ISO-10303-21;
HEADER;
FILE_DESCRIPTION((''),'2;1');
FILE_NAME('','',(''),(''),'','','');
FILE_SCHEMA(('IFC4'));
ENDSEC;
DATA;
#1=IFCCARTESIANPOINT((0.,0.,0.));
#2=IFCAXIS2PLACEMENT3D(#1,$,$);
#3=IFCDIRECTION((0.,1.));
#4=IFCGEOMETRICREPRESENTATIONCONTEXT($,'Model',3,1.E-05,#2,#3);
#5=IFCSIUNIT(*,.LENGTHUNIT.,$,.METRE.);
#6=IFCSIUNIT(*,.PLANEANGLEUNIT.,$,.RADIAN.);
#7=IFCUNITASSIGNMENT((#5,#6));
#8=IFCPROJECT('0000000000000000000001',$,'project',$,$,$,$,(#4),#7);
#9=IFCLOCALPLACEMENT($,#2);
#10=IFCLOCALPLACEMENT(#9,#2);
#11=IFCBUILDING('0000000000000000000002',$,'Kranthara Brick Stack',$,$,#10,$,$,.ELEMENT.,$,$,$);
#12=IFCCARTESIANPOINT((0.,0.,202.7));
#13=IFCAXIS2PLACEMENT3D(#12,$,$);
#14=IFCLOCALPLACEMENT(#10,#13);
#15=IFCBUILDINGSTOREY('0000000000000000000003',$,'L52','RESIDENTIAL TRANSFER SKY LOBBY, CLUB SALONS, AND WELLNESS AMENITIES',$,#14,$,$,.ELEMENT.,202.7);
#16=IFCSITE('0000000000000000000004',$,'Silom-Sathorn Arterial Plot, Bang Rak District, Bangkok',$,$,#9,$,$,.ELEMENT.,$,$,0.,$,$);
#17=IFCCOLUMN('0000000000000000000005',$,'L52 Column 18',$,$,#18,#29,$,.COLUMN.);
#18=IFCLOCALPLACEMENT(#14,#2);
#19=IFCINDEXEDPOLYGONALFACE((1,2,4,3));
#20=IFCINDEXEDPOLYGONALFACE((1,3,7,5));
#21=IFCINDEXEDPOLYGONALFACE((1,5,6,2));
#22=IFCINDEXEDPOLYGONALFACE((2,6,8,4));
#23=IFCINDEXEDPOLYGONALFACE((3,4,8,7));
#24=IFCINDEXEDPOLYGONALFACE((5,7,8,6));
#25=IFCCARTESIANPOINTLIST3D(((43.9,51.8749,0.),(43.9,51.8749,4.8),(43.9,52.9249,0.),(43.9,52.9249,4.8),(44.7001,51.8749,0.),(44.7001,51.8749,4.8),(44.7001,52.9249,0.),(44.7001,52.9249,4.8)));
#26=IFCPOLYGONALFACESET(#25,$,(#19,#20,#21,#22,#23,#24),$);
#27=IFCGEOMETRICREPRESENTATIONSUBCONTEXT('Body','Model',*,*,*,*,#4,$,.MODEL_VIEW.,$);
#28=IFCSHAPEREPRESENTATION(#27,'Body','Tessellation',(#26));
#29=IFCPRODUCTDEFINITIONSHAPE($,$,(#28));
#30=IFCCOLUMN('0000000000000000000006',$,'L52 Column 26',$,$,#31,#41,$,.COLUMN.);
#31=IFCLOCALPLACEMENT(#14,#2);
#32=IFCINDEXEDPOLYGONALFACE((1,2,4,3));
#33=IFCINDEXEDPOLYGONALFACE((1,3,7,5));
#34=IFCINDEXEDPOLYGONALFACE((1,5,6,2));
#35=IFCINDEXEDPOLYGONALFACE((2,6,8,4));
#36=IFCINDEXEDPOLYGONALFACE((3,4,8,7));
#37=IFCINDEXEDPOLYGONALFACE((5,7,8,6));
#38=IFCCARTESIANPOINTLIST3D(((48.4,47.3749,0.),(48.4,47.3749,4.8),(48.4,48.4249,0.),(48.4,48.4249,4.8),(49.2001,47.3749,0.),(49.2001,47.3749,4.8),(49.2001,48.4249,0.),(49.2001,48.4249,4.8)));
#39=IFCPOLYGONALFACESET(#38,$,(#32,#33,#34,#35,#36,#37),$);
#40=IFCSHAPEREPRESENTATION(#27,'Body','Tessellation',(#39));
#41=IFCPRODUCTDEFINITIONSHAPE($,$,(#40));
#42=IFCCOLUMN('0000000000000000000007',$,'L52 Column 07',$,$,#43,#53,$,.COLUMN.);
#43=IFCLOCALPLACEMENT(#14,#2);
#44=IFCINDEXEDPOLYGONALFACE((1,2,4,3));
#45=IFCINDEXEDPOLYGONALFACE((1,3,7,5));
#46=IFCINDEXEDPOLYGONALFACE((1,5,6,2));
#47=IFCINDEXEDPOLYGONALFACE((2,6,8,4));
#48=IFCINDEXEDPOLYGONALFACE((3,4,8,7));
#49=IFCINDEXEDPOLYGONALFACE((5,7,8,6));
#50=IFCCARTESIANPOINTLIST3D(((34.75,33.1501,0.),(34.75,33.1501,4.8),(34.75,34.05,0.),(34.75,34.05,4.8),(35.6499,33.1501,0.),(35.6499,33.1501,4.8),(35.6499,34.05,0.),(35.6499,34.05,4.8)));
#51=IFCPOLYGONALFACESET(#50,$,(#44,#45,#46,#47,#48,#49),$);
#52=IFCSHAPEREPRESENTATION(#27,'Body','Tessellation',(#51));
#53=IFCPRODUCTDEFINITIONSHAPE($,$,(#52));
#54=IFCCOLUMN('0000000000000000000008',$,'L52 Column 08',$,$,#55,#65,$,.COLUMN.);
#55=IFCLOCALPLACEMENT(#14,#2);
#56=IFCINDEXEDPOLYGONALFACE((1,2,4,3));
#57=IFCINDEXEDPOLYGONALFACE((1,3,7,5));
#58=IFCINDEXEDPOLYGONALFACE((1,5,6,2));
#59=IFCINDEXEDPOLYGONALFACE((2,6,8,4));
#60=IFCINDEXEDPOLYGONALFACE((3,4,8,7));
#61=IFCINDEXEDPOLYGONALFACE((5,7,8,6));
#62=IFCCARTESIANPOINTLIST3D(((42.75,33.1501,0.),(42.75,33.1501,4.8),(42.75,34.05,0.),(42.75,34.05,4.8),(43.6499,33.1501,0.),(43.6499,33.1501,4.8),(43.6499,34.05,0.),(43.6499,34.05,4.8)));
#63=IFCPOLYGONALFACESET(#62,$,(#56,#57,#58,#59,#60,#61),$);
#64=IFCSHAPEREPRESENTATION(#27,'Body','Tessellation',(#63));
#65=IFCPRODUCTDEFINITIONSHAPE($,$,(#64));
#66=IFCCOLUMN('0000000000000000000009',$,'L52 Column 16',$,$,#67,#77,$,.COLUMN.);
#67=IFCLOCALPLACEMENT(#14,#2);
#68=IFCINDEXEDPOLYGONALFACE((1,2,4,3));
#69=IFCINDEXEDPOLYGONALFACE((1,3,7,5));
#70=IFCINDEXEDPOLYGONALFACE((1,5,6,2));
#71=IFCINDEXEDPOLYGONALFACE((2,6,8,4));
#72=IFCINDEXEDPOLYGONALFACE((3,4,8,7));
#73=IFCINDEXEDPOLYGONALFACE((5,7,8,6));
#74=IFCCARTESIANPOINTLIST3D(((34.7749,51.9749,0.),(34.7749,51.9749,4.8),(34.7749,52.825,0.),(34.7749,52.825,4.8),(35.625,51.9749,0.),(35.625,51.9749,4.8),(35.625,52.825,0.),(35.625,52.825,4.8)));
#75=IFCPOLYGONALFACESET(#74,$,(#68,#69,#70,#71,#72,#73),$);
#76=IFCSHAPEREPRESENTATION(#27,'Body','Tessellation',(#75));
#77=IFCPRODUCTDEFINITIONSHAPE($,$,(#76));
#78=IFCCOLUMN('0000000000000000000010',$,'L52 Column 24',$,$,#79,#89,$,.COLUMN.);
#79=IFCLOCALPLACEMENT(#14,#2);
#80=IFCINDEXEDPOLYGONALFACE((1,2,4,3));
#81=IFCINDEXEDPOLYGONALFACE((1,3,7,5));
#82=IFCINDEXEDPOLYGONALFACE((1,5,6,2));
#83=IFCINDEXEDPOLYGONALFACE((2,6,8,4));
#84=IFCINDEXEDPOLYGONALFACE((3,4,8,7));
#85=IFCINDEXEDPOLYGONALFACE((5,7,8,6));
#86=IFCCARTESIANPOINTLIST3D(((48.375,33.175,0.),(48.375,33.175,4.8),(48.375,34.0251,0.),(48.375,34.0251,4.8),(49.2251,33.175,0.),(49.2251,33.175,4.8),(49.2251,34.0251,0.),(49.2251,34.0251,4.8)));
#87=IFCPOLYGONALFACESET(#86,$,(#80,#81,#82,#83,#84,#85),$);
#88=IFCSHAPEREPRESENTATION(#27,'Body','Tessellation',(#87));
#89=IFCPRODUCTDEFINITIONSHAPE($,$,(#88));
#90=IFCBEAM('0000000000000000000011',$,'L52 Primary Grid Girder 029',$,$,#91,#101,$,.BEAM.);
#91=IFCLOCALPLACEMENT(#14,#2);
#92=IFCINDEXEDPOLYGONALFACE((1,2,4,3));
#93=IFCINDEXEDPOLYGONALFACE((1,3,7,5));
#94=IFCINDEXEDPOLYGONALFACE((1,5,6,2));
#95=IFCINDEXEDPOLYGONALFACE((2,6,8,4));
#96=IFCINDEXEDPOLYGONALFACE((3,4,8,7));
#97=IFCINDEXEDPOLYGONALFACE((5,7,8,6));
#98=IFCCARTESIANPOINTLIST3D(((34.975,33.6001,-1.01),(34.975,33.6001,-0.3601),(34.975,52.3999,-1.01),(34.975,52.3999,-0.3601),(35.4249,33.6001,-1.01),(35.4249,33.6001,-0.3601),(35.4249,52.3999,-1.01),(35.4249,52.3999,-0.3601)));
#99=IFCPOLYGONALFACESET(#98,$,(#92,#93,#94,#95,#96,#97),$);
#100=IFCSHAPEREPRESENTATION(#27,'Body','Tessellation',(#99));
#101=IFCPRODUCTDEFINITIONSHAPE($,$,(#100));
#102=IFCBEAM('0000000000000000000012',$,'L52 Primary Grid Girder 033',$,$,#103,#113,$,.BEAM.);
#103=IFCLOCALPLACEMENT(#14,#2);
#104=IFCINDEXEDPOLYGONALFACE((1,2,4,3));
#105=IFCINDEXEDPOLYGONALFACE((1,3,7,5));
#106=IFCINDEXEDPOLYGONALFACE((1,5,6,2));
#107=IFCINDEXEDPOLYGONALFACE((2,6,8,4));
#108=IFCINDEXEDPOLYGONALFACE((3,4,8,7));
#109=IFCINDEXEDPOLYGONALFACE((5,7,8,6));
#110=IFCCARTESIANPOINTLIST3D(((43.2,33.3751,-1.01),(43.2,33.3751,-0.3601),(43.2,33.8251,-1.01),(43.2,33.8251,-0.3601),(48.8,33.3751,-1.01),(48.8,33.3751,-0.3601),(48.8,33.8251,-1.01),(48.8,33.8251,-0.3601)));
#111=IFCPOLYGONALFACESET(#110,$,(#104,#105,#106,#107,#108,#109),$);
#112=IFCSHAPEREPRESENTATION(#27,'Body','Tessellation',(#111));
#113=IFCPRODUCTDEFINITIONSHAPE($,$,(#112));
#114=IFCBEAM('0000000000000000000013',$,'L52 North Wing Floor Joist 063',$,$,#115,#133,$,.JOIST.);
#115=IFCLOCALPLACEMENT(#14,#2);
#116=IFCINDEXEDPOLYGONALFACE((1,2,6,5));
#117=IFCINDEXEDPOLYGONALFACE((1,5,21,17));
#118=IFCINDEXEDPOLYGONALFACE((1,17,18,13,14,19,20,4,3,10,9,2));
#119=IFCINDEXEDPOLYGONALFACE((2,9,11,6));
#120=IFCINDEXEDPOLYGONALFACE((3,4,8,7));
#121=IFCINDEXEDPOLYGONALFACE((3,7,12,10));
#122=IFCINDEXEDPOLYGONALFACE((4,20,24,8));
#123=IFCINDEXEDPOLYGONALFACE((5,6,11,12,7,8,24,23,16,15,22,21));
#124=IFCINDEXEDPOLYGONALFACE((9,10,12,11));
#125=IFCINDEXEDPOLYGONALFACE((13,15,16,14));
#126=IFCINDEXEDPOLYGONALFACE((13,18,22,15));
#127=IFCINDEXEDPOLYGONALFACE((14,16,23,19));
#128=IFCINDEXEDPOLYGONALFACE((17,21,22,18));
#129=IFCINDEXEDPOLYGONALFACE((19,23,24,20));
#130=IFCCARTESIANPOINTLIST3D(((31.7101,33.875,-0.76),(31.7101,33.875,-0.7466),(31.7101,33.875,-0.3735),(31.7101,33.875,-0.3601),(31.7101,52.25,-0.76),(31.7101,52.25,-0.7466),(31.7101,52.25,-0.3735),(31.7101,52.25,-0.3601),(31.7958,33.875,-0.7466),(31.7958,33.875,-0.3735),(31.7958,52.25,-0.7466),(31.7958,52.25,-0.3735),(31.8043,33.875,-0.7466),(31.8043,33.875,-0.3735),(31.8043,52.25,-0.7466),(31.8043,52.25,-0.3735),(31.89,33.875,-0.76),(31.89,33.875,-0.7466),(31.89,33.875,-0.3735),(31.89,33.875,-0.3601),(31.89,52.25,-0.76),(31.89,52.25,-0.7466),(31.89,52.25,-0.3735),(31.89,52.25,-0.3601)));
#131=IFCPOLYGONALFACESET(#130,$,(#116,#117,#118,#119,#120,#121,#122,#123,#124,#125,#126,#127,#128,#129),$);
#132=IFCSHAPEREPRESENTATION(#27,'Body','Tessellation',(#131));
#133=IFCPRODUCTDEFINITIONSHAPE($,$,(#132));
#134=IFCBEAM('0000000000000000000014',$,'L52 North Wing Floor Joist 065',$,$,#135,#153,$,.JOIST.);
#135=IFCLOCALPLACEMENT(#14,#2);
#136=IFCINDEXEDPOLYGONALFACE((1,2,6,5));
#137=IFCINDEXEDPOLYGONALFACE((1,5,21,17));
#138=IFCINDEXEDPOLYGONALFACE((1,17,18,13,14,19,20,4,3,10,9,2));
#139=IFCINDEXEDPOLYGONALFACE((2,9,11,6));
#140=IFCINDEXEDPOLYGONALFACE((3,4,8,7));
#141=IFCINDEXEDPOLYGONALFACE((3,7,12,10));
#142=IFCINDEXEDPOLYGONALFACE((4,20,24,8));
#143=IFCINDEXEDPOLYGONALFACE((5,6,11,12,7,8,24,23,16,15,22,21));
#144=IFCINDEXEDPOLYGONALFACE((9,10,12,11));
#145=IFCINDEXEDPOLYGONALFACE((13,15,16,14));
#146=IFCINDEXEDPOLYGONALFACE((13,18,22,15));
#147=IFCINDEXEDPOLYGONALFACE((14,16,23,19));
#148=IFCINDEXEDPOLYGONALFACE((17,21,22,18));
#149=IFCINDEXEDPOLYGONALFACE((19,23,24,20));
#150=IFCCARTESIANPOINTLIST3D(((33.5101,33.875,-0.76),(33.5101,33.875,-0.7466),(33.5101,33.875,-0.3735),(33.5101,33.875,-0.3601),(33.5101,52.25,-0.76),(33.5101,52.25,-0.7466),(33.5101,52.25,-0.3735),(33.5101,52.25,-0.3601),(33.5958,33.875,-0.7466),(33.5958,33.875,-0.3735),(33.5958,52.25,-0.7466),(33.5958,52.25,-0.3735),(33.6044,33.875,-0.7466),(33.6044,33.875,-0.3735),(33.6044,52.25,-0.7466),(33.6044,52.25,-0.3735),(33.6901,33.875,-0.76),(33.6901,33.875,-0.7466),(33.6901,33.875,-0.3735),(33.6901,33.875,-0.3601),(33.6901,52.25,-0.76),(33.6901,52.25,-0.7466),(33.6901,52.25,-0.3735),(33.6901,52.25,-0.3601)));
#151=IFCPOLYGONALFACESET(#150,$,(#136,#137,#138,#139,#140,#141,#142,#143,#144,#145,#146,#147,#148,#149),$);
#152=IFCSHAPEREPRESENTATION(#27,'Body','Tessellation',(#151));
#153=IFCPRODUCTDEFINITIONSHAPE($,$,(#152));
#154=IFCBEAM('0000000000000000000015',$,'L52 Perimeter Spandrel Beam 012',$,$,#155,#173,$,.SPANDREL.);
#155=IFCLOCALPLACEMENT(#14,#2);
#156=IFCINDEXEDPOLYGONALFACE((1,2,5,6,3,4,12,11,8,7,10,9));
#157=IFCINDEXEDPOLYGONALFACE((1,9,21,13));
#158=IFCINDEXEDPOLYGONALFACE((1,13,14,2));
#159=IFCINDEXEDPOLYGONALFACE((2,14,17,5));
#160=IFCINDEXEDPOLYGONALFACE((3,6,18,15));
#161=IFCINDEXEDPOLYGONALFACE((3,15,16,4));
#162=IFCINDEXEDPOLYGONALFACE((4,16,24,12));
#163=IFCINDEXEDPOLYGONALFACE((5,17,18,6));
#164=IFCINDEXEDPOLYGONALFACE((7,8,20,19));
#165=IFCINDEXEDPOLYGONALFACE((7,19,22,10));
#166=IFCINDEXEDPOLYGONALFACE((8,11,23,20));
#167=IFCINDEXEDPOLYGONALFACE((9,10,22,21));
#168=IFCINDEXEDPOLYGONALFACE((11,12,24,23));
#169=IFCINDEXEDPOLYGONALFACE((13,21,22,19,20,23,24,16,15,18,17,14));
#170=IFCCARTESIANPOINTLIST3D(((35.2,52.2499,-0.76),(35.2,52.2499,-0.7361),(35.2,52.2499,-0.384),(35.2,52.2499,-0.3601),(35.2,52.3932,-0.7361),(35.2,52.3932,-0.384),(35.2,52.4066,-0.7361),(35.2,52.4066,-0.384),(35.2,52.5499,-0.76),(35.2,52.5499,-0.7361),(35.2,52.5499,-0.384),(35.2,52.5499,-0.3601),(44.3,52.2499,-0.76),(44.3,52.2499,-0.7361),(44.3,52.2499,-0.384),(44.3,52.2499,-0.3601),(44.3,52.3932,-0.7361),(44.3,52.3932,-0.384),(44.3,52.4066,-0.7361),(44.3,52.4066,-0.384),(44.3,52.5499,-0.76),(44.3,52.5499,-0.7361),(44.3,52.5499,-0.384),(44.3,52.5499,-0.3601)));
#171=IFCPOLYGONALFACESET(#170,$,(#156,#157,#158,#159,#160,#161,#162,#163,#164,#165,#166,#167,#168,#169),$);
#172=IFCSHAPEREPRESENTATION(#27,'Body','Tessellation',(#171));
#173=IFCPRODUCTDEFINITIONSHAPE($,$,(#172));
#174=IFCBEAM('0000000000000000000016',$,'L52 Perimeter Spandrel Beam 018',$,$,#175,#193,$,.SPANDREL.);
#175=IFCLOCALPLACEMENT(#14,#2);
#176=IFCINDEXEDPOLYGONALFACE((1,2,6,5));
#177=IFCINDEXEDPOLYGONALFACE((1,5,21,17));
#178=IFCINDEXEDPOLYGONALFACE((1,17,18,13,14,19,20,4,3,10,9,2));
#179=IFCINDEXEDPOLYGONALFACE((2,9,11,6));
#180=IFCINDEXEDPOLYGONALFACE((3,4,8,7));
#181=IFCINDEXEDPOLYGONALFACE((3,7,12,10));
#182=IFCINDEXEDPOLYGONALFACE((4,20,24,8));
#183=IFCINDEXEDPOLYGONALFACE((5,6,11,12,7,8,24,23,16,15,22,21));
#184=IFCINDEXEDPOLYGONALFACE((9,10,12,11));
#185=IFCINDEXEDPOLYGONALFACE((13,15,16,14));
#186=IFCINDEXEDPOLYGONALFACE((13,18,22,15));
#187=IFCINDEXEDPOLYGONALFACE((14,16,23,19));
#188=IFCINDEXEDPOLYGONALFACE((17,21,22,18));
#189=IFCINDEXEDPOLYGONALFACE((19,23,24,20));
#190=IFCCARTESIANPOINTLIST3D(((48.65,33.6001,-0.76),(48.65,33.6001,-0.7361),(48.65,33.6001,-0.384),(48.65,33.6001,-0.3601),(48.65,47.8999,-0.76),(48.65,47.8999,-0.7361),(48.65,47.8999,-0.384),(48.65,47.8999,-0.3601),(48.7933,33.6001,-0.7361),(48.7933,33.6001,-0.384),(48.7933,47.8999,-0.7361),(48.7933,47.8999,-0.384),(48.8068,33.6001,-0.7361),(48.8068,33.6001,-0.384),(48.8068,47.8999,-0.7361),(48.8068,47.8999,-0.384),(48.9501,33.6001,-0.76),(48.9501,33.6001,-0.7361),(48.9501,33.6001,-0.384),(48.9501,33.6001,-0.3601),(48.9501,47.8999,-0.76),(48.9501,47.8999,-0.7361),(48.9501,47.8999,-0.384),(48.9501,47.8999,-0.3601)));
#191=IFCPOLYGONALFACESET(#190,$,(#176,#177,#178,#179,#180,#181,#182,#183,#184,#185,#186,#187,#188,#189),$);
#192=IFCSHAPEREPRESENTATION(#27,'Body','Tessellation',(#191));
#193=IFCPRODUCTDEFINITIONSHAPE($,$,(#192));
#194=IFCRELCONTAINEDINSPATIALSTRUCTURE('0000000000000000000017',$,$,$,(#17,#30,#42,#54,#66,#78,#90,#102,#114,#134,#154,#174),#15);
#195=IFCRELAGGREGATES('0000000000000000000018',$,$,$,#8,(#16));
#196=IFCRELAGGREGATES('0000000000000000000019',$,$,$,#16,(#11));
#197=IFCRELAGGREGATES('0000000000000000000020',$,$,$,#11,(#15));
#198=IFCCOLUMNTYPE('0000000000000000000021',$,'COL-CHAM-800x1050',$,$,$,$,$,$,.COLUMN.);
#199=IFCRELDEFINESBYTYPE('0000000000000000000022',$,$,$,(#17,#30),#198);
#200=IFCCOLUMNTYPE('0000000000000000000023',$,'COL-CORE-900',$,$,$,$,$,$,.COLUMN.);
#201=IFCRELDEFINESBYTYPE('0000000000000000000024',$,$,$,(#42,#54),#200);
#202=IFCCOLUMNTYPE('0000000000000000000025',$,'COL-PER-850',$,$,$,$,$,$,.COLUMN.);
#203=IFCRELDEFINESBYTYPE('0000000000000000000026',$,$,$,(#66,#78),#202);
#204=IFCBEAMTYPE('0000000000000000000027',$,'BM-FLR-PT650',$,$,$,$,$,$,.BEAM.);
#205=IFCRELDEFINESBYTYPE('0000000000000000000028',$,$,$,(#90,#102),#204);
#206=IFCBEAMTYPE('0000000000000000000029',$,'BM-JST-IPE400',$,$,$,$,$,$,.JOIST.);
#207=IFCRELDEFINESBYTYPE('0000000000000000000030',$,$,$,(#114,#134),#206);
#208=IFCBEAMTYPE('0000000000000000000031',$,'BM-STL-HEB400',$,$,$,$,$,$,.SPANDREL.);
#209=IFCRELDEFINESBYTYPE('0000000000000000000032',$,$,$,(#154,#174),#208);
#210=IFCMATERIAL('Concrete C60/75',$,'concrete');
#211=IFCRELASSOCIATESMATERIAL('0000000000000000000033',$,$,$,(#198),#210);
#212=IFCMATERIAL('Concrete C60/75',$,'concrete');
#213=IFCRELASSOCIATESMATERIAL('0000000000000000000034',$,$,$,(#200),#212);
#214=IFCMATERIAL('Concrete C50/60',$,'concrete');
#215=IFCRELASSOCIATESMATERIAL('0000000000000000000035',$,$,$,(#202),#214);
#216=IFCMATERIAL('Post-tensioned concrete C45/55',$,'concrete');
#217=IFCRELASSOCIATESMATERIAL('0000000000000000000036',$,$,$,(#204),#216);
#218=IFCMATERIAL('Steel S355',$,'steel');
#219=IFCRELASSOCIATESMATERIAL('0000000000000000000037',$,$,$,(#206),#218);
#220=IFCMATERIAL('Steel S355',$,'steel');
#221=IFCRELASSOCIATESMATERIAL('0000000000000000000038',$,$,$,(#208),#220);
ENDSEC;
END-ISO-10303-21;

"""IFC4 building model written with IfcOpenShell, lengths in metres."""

from ifc_helpers import new_model, si_unit, direction, frame, origin, origin_2d, place, context, subcontext, project, spatial, rectangle, i_section, extrude, material, material_profile, profile_set, type_object, element, save


model = new_model("IFC4")

# Units and contexts
model_context = context("Model", 3, precision=1e-05, world=origin(), true_north=direction((0.0, 1.0)))
body_context = subcontext(model_context, "Body", "Model", "MODEL_VIEW")
ifc_project = project(units=[si_unit("LENGTHUNIT", "METRE"), si_unit("PLANEANGLEUNIT", "RADIAN")], contexts=[model_context])

# Site, building, storey
site_placement = place(None, origin())
site = spatial("IfcSite", under=ifc_project, at=site_placement, Name="Silom-Sathorn Arterial Plot, Bang Rak District, Bangkok", CompositionType="ELEMENT", RefElevation=0.0)
building_placement = place(site_placement, origin())
building = spatial("IfcBuilding", under=site, at=building_placement, Name="Kranthara Brick Stack", CompositionType="ELEMENT")
storey_placement = place(building_placement, frame((0.0, 0.0, 202.7)))
storey = spatial("IfcBuildingStorey", under=building, at=storey_placement, Name="L52", Description="RESIDENTIAL TRANSFER SKY LOBBY, CLUB SALONS, AND WELLNESS AMENITIES", CompositionType="ELEMENT", Elevation=202.7)

# Columns
ifc_material_1 = material(Name="Concrete C60/75", Category="concrete")
ifc_material_profile_1 = material_profile(ifc_material_1, rectangle(XDim=0.8, YDim=1.05, at=origin_2d()), Name="RC 800x1050")
ifc_profile_set_1 = profile_set([ifc_material_profile_1], Name="Concrete C60/75")
column_type_1 = type_object("IfcColumnType", Name="COL-CHAM-800x1050", PredefinedType="COLUMN", material=ifc_profile_set_1)
for number, where, z_axis, x_axis, name in (
    (1, (44.3, 52.3999, 0.0), (0.0, 0.0, 1.0), (1.0, 0.0, 0.0), "L52 Column 18"),
    (2, (48.8, 47.8999, 0.0), (0.0, 0.0, 1.0), (1.0, 0.0, 0.0), "L52 Column 26"),
):
    element("IfcColumn", number, at=place(storey_placement, frame(where, z_axis=z_axis, x_axis=x_axis)), inside=storey, type_object=column_type_1, Name=name, PredefinedType="COLUMN", context=body_context, shape_type="SweptSolid", body=[
        extrude(rectangle(XDim=0.8, YDim=1.05, at=origin_2d()), origin(), (0.0, 0.0, 1.0), 4.8),
    ])
ifc_material_2 = material(Name="Concrete C60/75", Category="concrete")
ifc_material_profile_2 = material_profile(ifc_material_2, rectangle(XDim=0.8999, YDim=0.8999, at=origin_2d()), Name="RC 900x900")
ifc_profile_set_2 = profile_set([ifc_material_profile_2], Name="Concrete C60/75")
column_type_2 = type_object("IfcColumnType", Name="COL-CORE-900", PredefinedType="COLUMN", material=ifc_profile_set_2)
for number, where, z_axis, x_axis, name in (
    (3, (35.2, 33.6001, 0.0), (0.0, 0.0, 1.0), (1.0, 0.0, 0.0), "L52 Column 07"),
    (4, (43.2, 33.6001, 0.0), (0.0, 0.0, 1.0), (1.0, 0.0, 0.0), "L52 Column 08"),
):
    element("IfcColumn", number, at=place(storey_placement, frame(where, z_axis=z_axis, x_axis=x_axis)), inside=storey, type_object=column_type_2, Name=name, PredefinedType="COLUMN", context=body_context, shape_type="SweptSolid", body=[
        extrude(rectangle(XDim=0.8999, YDim=0.8999, at=origin_2d()), origin(), (0.0, 0.0, 1.0), 4.8),
    ])
ifc_material_3 = material(Name="Concrete C50/60", Category="concrete")
ifc_material_profile_3 = material_profile(ifc_material_3, rectangle(XDim=0.8501, YDim=0.8501, at=origin_2d()), Name="RC 850x850")
ifc_profile_set_3 = profile_set([ifc_material_profile_3], Name="Concrete C50/60")
column_type_3 = type_object("IfcColumnType", Name="COL-PER-850", PredefinedType="COLUMN", material=ifc_profile_set_3)
for number, where, z_axis, x_axis, name in (
    (5, (35.2, 52.3999, 0.0), (0.0, 0.0, 1.0), (1.0, 0.0, 0.0), "L52 Column 16"),
    (6, (48.8, 33.6001, 0.0), (0.0, 0.0, 1.0), (1.0, 0.0, 0.0), "L52 Column 24"),
):
    element("IfcColumn", number, at=place(storey_placement, frame(where, z_axis=z_axis, x_axis=x_axis)), inside=storey, type_object=column_type_3, Name=name, PredefinedType="COLUMN", context=body_context, shape_type="SweptSolid", body=[
        extrude(rectangle(XDim=0.8501, YDim=0.8501, at=origin_2d()), origin(), (0.0, 0.0, 1.0), 4.8),
    ])

# Beams
ifc_material_4 = material(Name="Post-tensioned concrete C45/55", Category="concrete")
ifc_material_profile_4 = material_profile(ifc_material_4, rectangle(XDim=0.45, YDim=0.6499, at=origin_2d()), Name="PT 450x650")
ifc_profile_set_4 = profile_set([ifc_material_profile_4], Name="Post-tensioned concrete C45/55")
beam_type_1 = type_object("IfcBeamType", Name="BM-FLR-PT650", PredefinedType="BEAM", material=ifc_profile_set_4)
beam_1_placement = place(storey_placement, frame((35.2, 33.6001, -0.6851), z_axis=(0.0, 1.0, 0.0), x_axis=(-1.0, 0.0, 0.0)))
element("IfcBeam", 7, at=beam_1_placement, inside=storey, type_object=beam_type_1, Name="L52 Primary Grid Girder 029", PredefinedType="BEAM", context=body_context, shape_type="SweptSolid", body=[
    extrude(rectangle(XDim=0.45, YDim=0.6499, at=origin_2d()), origin(), (0.0, 0.0, 1.0), 18.7998),
])
beam_2_placement = place(storey_placement, frame((43.2, 33.6001, -0.6851), z_axis=(1.0, 0.0, 0.0), x_axis=(0.0, 1.0, 0.0)))
element("IfcBeam", 8, at=beam_2_placement, inside=storey, type_object=beam_type_1, Name="L52 Primary Grid Girder 033", PredefinedType="BEAM", context=body_context, shape_type="SweptSolid", body=[
    extrude(rectangle(XDim=0.45, YDim=0.6499, at=origin_2d()), origin(), (0.0, 0.0, 1.0), 5.6001),
])
ifc_material_5 = material(Name="Steel S355", Category="steel")
ifc_material_profile_5 = material_profile(ifc_material_5, i_section(OverallWidth=0.1799, OverallDepth=0.3999, WebThickness=0.0085, FlangeThickness=0.0134, at=origin_2d()), Name="IPE 400")
ifc_profile_set_5 = profile_set([ifc_material_profile_5], Name="Steel S355")
beam_type_2 = type_object("IfcBeamType", Name="BM-JST-IPE400", PredefinedType="JOIST", material=ifc_profile_set_5)
for number, where, z_axis, x_axis, name in (
    (9, (31.8, 33.875, -0.5601), (0.0, 1.0, 0.0), (-1.0, 0.0, 0.0), "L52 North Wing Floor Joist 063"),
    (10, (33.6001, 33.875, -0.5601), (0.0, 1.0, 0.0), (-1.0, 0.0, 0.0), "L52 North Wing Floor Joist 065"),
):
    element("IfcBeam", number, at=place(storey_placement, frame(where, z_axis=z_axis, x_axis=x_axis)), inside=storey, type_object=beam_type_2, Name=name, PredefinedType="JOIST", context=body_context, shape_type="SweptSolid", body=[
        extrude(i_section(OverallWidth=0.1799, OverallDepth=0.3999, WebThickness=0.0085, FlangeThickness=0.0134, at=origin_2d()), origin(), (0.0, 0.0, 1.0), 18.375),
    ])
ifc_material_6 = material(Name="Steel S355", Category="steel")
ifc_material_profile_6 = material_profile(ifc_material_6, i_section(OverallWidth=0.3, OverallDepth=0.3999, WebThickness=0.0134, FlangeThickness=0.0239, at=origin_2d()), Name="HEB 400")
ifc_profile_set_6 = profile_set([ifc_material_profile_6], Name="Steel S355")
beam_type_3 = type_object("IfcBeamType", Name="BM-STL-HEB400", PredefinedType="SPANDREL", material=ifc_profile_set_6)
beam_3_placement = place(storey_placement, frame((35.2, 52.3999, -0.5601), z_axis=(1.0, 0.0, 0.0), x_axis=(0.0, 1.0, 0.0)))
element("IfcBeam", 11, at=beam_3_placement, inside=storey, type_object=beam_type_3, Name="L52 Perimeter Spandrel Beam 012", PredefinedType="SPANDREL", context=body_context, shape_type="SweptSolid", body=[
    extrude(i_section(OverallWidth=0.3, OverallDepth=0.3999, WebThickness=0.0134, FlangeThickness=0.0239, at=origin_2d()), origin(), (0.0, 0.0, 1.0), 9.1001),
])
beam_4_placement = place(storey_placement, frame((48.8, 33.6001, -0.5601), z_axis=(0.0, 1.0, 0.0), x_axis=(-1.0, 0.0, 0.0)))
element("IfcBeam", 12, at=beam_4_placement, inside=storey, type_object=beam_type_3, Name="L52 Perimeter Spandrel Beam 018", PredefinedType="SPANDREL", context=body_context, shape_type="SweptSolid", body=[
    extrude(i_section(OverallWidth=0.3, OverallDepth=0.3999, WebThickness=0.0134, FlangeThickness=0.0239, at=origin_2d()), origin(), (0.0, 0.0, 1.0), 14.2998),
])

save(model, "model.ifc")
